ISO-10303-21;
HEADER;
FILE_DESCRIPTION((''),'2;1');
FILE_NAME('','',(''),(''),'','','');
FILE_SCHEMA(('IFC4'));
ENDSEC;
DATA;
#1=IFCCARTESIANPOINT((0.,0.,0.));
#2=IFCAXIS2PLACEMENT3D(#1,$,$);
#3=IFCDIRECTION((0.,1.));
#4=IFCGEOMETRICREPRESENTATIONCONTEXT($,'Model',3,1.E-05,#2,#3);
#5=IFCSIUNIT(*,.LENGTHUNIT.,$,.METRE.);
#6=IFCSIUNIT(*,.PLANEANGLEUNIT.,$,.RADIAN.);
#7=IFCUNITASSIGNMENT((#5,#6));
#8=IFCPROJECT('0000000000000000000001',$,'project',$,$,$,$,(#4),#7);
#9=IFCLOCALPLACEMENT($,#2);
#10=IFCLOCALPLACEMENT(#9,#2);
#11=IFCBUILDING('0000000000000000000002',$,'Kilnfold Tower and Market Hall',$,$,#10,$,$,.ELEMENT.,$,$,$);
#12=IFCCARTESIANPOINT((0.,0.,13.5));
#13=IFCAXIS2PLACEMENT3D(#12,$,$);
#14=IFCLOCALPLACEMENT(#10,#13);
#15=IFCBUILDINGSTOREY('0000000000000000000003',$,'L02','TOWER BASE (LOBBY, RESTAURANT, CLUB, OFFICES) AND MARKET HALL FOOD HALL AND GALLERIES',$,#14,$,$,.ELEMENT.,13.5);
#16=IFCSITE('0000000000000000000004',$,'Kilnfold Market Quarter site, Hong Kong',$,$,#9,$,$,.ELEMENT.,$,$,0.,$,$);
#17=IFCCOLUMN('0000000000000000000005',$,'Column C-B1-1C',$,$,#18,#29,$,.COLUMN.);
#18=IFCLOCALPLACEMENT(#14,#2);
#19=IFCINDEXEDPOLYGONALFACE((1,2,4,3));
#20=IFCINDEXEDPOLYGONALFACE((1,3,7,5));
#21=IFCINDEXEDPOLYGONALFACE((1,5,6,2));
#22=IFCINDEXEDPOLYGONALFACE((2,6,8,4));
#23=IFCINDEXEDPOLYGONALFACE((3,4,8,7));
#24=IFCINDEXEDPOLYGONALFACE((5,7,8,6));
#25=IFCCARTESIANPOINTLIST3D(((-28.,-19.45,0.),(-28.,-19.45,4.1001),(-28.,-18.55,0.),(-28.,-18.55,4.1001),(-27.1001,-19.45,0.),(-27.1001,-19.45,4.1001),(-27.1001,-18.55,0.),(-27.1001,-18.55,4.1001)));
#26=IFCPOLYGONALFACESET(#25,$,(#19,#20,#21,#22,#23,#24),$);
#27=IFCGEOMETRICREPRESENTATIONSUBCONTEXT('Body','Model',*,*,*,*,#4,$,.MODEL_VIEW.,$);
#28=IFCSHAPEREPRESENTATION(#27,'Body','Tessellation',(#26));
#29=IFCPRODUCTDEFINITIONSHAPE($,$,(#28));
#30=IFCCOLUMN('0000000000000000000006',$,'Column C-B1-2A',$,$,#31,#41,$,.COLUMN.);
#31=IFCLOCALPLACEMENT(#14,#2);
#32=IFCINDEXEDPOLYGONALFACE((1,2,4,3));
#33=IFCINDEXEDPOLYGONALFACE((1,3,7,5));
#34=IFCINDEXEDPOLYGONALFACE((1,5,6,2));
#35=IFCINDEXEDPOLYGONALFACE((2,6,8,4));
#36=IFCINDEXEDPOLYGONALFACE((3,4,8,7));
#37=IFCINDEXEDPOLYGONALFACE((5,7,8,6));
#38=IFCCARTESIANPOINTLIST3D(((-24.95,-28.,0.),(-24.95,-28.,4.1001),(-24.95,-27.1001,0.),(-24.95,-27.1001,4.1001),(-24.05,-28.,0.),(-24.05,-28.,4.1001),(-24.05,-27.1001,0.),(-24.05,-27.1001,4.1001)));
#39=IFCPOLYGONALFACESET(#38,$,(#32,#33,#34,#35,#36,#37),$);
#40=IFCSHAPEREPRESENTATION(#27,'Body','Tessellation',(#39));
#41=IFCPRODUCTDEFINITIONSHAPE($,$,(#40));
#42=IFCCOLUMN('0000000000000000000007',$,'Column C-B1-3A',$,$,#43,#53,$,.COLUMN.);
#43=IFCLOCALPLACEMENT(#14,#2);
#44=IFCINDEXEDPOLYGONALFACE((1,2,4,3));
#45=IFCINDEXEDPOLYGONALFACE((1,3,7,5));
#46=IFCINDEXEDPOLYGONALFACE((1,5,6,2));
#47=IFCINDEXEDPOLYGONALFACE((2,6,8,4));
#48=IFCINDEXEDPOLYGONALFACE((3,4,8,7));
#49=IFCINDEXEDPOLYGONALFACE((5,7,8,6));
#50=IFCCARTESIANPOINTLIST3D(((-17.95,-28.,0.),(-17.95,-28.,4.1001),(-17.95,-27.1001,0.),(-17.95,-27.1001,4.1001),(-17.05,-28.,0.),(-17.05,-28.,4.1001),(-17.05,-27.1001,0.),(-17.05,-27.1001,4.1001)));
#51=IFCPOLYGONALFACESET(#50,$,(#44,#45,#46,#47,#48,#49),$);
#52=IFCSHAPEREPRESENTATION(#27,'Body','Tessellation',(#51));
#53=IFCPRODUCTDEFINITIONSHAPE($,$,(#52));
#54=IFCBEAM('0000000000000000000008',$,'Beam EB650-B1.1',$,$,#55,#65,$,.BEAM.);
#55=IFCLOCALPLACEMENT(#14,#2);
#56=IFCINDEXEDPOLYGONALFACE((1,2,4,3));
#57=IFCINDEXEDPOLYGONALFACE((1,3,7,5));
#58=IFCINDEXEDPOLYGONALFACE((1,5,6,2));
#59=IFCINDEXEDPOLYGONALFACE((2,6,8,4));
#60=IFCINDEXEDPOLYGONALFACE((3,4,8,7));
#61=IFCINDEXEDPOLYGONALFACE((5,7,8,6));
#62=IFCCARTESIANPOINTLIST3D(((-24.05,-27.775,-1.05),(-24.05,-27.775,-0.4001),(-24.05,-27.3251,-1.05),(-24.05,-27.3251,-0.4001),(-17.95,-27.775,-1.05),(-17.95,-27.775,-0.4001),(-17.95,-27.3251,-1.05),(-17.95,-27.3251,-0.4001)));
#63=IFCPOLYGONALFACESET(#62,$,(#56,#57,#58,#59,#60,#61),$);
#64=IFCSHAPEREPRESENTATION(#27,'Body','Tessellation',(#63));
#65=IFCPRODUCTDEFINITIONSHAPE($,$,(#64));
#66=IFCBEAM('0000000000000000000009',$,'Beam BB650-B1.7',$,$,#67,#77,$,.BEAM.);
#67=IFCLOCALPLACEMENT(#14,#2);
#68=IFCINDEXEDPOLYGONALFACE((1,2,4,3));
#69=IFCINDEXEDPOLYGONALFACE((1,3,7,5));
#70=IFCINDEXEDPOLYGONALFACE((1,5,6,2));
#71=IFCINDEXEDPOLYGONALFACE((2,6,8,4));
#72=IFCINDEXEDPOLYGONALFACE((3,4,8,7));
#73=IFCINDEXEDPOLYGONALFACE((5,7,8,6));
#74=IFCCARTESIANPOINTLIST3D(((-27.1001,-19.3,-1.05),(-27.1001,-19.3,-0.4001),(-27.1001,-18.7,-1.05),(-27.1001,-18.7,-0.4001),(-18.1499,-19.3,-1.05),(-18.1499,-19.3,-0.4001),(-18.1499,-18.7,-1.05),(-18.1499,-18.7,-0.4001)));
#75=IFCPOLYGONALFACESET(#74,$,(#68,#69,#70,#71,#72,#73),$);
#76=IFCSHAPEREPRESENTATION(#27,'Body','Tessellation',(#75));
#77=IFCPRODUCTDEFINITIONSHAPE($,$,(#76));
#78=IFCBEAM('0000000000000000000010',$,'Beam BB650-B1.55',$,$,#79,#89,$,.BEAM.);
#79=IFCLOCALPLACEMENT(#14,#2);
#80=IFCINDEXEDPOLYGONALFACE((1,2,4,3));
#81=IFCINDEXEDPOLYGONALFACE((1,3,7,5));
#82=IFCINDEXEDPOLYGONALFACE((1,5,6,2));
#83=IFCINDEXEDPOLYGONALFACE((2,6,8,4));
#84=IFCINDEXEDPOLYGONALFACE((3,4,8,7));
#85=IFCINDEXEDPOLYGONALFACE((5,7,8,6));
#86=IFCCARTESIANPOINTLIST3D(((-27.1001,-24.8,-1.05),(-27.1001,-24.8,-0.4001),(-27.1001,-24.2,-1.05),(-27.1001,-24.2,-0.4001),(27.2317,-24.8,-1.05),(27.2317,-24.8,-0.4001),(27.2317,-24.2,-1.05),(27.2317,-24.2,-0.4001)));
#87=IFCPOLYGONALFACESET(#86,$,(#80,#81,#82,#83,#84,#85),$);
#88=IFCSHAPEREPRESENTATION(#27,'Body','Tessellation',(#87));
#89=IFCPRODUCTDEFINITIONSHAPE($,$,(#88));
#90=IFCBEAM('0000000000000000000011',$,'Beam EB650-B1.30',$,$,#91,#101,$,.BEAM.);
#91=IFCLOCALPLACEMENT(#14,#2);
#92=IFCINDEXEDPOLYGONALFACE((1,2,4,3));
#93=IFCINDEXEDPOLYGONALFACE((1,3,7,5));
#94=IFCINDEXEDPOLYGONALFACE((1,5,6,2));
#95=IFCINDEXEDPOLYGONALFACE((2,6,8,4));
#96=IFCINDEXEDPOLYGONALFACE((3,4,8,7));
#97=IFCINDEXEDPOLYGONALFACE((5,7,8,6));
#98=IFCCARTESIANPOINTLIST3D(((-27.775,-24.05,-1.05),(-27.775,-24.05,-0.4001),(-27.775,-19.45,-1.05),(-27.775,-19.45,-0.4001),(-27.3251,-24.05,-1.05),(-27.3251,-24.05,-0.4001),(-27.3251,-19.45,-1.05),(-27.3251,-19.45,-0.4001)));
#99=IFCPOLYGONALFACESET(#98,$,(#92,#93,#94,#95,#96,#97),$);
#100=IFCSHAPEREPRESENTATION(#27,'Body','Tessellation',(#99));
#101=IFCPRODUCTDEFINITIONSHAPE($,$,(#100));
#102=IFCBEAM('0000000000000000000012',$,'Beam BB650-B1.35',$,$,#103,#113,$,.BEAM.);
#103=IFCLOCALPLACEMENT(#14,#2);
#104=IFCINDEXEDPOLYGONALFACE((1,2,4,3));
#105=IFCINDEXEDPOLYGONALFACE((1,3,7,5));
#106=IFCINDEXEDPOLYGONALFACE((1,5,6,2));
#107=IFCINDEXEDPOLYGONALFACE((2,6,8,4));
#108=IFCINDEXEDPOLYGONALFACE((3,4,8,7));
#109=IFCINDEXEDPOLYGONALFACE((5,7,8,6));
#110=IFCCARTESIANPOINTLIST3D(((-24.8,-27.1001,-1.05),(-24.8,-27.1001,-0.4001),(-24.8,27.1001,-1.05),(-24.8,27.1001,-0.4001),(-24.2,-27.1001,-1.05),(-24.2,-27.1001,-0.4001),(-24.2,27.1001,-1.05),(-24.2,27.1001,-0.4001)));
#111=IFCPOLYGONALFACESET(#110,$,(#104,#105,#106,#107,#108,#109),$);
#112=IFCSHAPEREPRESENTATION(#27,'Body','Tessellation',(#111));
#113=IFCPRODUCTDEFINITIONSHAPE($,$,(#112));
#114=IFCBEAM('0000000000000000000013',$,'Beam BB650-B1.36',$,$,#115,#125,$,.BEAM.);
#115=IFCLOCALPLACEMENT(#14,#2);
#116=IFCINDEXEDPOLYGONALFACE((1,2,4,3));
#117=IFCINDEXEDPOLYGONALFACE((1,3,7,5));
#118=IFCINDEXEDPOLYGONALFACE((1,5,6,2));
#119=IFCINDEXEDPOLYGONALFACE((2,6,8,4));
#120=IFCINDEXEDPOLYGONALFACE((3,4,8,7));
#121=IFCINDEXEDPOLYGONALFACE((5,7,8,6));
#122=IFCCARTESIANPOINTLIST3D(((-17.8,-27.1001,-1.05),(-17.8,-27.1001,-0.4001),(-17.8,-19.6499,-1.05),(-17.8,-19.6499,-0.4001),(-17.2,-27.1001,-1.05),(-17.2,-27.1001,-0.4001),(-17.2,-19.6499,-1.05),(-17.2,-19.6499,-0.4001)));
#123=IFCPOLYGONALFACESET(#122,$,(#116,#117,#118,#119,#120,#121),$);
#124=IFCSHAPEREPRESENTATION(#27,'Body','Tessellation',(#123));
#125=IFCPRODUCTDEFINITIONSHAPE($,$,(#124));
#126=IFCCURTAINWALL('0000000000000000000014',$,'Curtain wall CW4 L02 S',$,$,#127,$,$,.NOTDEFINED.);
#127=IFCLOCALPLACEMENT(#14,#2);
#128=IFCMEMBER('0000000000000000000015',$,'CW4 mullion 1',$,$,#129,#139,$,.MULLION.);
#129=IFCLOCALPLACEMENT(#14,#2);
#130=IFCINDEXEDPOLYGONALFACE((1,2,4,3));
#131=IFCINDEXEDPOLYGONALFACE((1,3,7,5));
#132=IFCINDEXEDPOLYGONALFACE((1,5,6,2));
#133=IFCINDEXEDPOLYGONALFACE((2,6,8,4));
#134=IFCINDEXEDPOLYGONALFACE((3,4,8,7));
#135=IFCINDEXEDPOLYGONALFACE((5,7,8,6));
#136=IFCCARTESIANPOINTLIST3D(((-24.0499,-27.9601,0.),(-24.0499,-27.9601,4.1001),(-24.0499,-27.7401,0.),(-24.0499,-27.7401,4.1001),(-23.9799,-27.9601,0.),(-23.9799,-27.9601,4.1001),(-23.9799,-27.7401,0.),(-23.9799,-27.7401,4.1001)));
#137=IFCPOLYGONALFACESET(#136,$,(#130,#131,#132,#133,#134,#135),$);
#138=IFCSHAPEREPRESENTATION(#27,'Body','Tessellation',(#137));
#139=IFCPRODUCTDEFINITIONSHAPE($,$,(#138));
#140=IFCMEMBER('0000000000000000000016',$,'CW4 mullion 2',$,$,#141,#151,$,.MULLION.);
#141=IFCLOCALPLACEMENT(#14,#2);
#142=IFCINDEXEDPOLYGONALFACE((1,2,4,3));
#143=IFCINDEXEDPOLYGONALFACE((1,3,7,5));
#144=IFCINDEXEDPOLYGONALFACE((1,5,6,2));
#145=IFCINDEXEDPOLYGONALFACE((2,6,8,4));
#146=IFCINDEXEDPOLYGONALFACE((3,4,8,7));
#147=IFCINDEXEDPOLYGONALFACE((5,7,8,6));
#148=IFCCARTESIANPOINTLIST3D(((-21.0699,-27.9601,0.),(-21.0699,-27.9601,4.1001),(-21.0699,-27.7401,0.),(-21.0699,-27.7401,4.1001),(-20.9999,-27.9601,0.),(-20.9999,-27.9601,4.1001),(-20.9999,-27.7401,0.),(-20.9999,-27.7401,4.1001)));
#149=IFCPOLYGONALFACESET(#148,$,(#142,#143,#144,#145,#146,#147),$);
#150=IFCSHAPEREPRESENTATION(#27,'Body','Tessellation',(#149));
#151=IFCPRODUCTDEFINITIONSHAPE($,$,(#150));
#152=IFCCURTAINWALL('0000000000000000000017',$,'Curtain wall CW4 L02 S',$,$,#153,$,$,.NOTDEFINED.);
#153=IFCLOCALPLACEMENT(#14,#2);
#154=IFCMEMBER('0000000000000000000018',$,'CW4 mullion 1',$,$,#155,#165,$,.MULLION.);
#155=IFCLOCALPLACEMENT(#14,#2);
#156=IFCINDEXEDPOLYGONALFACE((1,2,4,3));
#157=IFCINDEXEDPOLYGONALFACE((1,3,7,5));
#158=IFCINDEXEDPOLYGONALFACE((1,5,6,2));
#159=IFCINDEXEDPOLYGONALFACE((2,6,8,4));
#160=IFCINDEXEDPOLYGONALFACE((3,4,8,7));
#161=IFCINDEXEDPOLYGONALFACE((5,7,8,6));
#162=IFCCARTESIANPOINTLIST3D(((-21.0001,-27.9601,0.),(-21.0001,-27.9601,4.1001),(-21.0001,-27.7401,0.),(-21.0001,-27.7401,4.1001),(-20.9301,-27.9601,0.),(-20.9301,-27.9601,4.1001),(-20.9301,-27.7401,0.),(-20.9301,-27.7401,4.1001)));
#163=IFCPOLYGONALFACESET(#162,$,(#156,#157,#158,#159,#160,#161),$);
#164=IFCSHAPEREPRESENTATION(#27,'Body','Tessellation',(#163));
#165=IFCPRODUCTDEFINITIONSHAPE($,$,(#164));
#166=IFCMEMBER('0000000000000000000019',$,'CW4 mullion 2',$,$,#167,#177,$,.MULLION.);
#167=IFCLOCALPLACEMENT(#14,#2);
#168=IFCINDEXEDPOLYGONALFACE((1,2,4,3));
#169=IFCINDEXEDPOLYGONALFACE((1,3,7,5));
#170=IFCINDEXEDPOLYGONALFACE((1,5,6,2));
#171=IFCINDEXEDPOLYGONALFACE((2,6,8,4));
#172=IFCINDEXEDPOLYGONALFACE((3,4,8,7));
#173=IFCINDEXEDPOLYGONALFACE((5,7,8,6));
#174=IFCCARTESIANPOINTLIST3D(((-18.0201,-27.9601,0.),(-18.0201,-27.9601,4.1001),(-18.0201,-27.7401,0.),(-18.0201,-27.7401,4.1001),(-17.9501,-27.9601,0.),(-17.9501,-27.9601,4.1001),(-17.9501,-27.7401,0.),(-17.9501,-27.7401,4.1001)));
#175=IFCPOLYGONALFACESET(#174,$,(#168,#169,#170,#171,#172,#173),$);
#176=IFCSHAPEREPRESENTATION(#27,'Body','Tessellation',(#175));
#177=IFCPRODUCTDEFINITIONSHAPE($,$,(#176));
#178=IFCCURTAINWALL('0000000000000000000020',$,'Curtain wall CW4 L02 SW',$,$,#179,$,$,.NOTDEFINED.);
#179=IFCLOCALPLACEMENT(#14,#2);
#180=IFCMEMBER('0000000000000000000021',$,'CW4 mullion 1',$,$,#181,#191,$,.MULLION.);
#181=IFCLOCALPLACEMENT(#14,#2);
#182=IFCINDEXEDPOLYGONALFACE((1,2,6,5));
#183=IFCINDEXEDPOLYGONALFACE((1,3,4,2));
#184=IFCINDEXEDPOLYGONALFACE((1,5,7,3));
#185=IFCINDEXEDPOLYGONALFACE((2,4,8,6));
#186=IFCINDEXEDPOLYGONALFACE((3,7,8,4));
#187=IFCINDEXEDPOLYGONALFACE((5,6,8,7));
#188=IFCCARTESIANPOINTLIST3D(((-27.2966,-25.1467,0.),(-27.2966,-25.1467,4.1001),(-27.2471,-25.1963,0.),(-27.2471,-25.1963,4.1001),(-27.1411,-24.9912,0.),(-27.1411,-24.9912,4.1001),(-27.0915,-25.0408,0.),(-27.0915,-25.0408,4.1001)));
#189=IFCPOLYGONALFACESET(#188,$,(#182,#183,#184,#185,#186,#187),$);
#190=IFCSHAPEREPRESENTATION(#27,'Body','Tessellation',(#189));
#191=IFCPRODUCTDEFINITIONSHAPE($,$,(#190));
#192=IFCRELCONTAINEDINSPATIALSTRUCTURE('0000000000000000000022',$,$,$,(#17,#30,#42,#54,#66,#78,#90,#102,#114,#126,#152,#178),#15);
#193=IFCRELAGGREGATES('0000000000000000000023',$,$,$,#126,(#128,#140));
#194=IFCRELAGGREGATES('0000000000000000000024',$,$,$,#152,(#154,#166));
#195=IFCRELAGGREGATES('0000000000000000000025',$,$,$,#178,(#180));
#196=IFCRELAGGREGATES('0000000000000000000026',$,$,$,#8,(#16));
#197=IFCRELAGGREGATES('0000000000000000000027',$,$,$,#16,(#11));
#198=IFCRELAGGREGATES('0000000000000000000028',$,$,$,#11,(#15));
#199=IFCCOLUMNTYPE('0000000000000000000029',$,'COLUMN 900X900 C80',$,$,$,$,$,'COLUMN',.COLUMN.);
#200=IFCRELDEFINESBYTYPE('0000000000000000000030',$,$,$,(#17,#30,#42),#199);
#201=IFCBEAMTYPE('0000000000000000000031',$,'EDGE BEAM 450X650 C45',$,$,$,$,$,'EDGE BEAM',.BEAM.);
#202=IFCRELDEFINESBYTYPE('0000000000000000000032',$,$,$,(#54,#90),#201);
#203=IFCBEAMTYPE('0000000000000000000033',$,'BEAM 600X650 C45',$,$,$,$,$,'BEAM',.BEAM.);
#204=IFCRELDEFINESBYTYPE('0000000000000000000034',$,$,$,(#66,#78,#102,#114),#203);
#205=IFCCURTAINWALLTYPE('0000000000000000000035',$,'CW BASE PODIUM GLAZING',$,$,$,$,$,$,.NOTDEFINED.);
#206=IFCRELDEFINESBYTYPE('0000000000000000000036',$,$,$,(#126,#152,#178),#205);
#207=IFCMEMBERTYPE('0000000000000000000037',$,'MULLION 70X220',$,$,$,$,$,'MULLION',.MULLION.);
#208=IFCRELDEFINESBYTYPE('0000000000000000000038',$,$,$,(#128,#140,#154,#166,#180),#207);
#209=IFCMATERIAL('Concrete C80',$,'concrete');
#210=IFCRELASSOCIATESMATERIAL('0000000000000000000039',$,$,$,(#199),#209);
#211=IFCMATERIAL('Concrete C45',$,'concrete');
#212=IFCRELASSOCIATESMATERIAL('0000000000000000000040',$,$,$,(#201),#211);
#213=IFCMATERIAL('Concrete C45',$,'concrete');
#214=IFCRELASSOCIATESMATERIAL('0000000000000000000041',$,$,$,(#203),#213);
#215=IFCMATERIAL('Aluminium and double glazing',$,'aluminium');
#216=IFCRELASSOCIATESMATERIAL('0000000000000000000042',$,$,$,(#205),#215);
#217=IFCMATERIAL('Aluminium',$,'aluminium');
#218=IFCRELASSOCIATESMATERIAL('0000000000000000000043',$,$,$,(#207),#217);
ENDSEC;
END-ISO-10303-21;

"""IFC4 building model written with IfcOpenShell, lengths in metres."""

from ifc_helpers import new_model, si_unit, direction, frame, origin, origin_2d, place, context, subcontext, project, spatial, rectangle, extrude, source, transform, mapped, material, material_profile, profile_set, type_object, element, aggregate, save


model = new_model("IFC4")

# Units and contexts
model_context = context("Model", 3, precision=1e-05, world=origin(), true_north=direction((0.0, 1.0)))
body_context = subcontext(model_context, "Body", "Model", "MODEL_VIEW")
ifc_project = project(units=[si_unit("LENGTHUNIT", "METRE"), si_unit("PLANEANGLEUNIT", "RADIAN")], contexts=[model_context])

# Site, building, storey
site_placement = place(None, origin())
site = spatial("IfcSite", under=ifc_project, at=site_placement, Name="Kilnfold Market Quarter site, Hong Kong", CompositionType="ELEMENT", RefElevation=0.0)
building_placement = place(site_placement, origin())
building = spatial("IfcBuilding", under=site, at=building_placement, Name="Kilnfold Tower and Market Hall", CompositionType="ELEMENT")
storey_placement = place(building_placement, frame((0.0, 0.0, 13.5)))
storey = spatial("IfcBuildingStorey", under=building, at=storey_placement, Name="L02", Description="TOWER BASE (LOBBY, RESTAURANT, CLUB, OFFICES) AND MARKET HALL FOOD HALL AND GALLERIES", CompositionType="ELEMENT", Elevation=13.5)

# Columns
ifc_material_1 = material(Name="Concrete C80", Category="concrete")
ifc_material_profile_1 = material_profile(ifc_material_1, rectangle(XDim=0.8999, YDim=0.8999, at=origin_2d()), Name="RC 900x900")
ifc_profile_set_1 = profile_set([ifc_material_profile_1], Name="Concrete C80")
column_type = type_object("IfcColumnType", Name="COLUMN 900X900 C80", ElementType="COLUMN", PredefinedType="COLUMN", material=ifc_profile_set_1)
shared_shape_1 = source(origin(), body_context, "Body", "SweptSolid", [
    extrude(rectangle(XDim=0.8999, YDim=0.8999, at=origin_2d()), origin(), (0.0, 0.0, 1.0), 4.1001),
])
for number, where, z_axis, x_axis, name in (
    (1, (-27.55, -19.0, 0.0), (0.0, 0.0, 1.0), (1.0, 0.0, 0.0), "Column C-B1-1C"),
    (2, (-24.5, -27.55, 0.0), (0.0, 0.0, 1.0), (1.0, 0.0, 0.0), "Column C-B1-2A"),
    (3, (-17.5, -27.55, 0.0), (0.0, 0.0, 1.0), (1.0, 0.0, 0.0), "Column C-B1-3A"),
):
    element("IfcColumn", number, at=place(storey_placement, frame(where, z_axis=z_axis, x_axis=x_axis)), inside=storey, type_object=column_type, Name=name, PredefinedType="COLUMN", context=body_context, shape_type="MappedRepresentation", body=[
        mapped(shared_shape_1, transform((0.0, 0.0, 0.0))),
    ])

# Beams
ifc_material_2 = material(Name="Concrete C45", Category="concrete")
ifc_material_profile_2 = material_profile(ifc_material_2, rectangle(XDim=0.45, YDim=0.6499, at=origin_2d()), Name="RC 450x650")
ifc_profile_set_2 = profile_set([ifc_material_profile_2], Name="Concrete C45")
beam_type_1 = type_object("IfcBeamType", Name="EDGE BEAM 450X650 C45", ElementType="EDGE BEAM", PredefinedType="BEAM", material=ifc_profile_set_2)
shared_shape_2 = source(origin(), body_context, "Body", "SweptSolid", [
    extrude(rectangle(XDim=0.45, YDim=0.6499, at=origin_2d()), origin(), (0.0, 0.0, 1.0), 6.1001),
])
beam_1_placement = place(storey_placement, frame((-24.05, -27.55, -0.7251), z_axis=(1.0, 0.0, 0.0), x_axis=(0.0, 1.0, 0.0)))
element("IfcBeam", 4, at=beam_1_placement, inside=storey, type_object=beam_type_1, Name="Beam EB650-B1.1", PredefinedType="BEAM", context=body_context, shape_type="MappedRepresentation", body=[
    mapped(shared_shape_2, transform((0.0, 0.0, 0.0))),
])
ifc_material_3 = material(Name="Concrete C45", Category="concrete")
ifc_material_profile_3 = material_profile(ifc_material_3, rectangle(XDim=0.6001, YDim=0.6499, at=origin_2d()), Name="RC 600x650")
ifc_profile_set_3 = profile_set([ifc_material_profile_3], Name="Concrete C45")
beam_type_2 = type_object("IfcBeamType", Name="BEAM 600X650 C45", ElementType="BEAM", PredefinedType="BEAM", material=ifc_profile_set_3)
shared_shape_3 = source(origin(), body_context, "Body", "SweptSolid", [
    extrude(rectangle(XDim=0.6001, YDim=0.6499, at=origin_2d()), origin(), (0.0, 0.0, 1.0), 8.9502),
])
beam_2_placement = place(storey_placement, frame((-27.1001, -19.0, -0.7251), z_axis=(1.0, 0.0, 0.0), x_axis=(0.0, 1.0, 0.0)))
element("IfcBeam", 5, at=beam_2_placement, inside=storey, type_object=beam_type_2, Name="Beam BB650-B1.7", PredefinedType="BEAM", context=body_context, shape_type="MappedRepresentation", body=[
    mapped(shared_shape_3, transform((0.0, 0.0, 0.0))),
])
shared_shape_4 = source(origin(), body_context, "Body", "SweptSolid", [
    extrude(rectangle(XDim=0.6001, YDim=0.6499, at=origin_2d()), origin(), (0.0, 0.0, 1.0), 54.3318),
])
beam_3_placement = place(storey_placement, frame((-27.1001, -24.5, -0.7251), z_axis=(1.0, 0.0, 0.0), x_axis=(0.0, 1.0, 0.0)))
element("IfcBeam", 6, at=beam_3_placement, inside=storey, type_object=beam_type_2, Name="Beam BB650-B1.55", PredefinedType="BEAM", context=body_context, shape_type="MappedRepresentation", body=[
    mapped(shared_shape_4, transform((0.0, 0.0, 0.0))),
])
shared_shape_5 = source(origin(), body_context, "Body", "SweptSolid", [
    extrude(rectangle(XDim=0.45, YDim=0.6499, at=origin_2d()), origin(), (0.0, 0.0, 1.0), 4.6001),
])
beam_4_placement = place(storey_placement, frame((-27.55, -24.05, -0.7251), z_axis=(0.0, 1.0, 0.0), x_axis=(-1.0, 0.0, 0.0)))
element("IfcBeam", 7, at=beam_4_placement, inside=storey, type_object=beam_type_1, Name="Beam EB650-B1.30", PredefinedType="BEAM", context=body_context, shape_type="MappedRepresentation", body=[
    mapped(shared_shape_5, transform((0.0, 0.0, 0.0))),
])
shared_shape_6 = source(origin(), body_context, "Body", "SweptSolid", [
    extrude(rectangle(XDim=0.6001, YDim=0.6499, at=origin_2d()), origin(), (0.0, 0.0, 1.0), 54.2002),
])
beam_5_placement = place(storey_placement, frame((-24.5, -27.1001, -0.7251), z_axis=(0.0, 1.0, 0.0), x_axis=(-1.0, 0.0, 0.0)))
element("IfcBeam", 8, at=beam_5_placement, inside=storey, type_object=beam_type_2, Name="Beam BB650-B1.35", PredefinedType="BEAM", context=body_context, shape_type="MappedRepresentation", body=[
    mapped(shared_shape_6, transform((0.0, 0.0, 0.0))),
])
shared_shape_7 = source(origin(), body_context, "Body", "SweptSolid", [
    extrude(rectangle(XDim=0.6001, YDim=0.6499, at=origin_2d()), origin(), (0.0, 0.0, 1.0), 7.4502),
])
beam_6_placement = place(storey_placement, frame((-17.5, -27.1001, -0.7251), z_axis=(0.0, 1.0, 0.0), x_axis=(-1.0, 0.0, 0.0)))
element("IfcBeam", 9, at=beam_6_placement, inside=storey, type_object=beam_type_2, Name="Beam BB650-B1.36", PredefinedType="BEAM", context=body_context, shape_type="MappedRepresentation", body=[
    mapped(shared_shape_7, transform((0.0, 0.0, 0.0))),
])

# Curtain walls, members
ifc_material_4 = material(Name="Aluminium and double glazing", Category="aluminium")
curtain_wall_type = type_object("IfcCurtainWallType", Name="CW BASE PODIUM GLAZING", PredefinedType="NOTDEFINED", material=ifc_material_4)
curtain_wall_1_placement = place(storey_placement, origin())
curtain_wall_1 = element("IfcCurtainWall", 10, at=curtain_wall_1_placement, inside=storey, type_object=curtain_wall_type, Name="Curtain wall CW4 L02 S", PredefinedType="NOTDEFINED")
ifc_material_5 = material(Name="Aluminium", Category="aluminium")
ifc_material_profile_4 = material_profile(ifc_material_5, rectangle(XDim=0.0701, YDim=0.22, at=origin_2d()), Name="MULLION 70x220")
ifc_profile_set_4 = profile_set([ifc_material_profile_4], Name="Aluminium")
member_type_1 = type_object("IfcMemberType", Name="MULLION 70X220", ElementType="MULLION", PredefinedType="MULLION", material=ifc_profile_set_4)
shared_shape_8 = source(origin(), body_context, "Body", "SweptSolid", [
    extrude(rectangle(XDim=0.0701, YDim=0.22, at=origin_2d()), origin(), (0.0, 0.0, 1.0), 4.1001),
])
member_1_placement = place(storey_placement, frame((-24.0149, -27.8501, 0.0), z_axis=(0.0, 0.0, 1.0), x_axis=(1.0, 0.0, 0.0)))
member_1 = element("IfcMember", 11, at=member_1_placement, type_object=member_type_1, Name="CW4 mullion 1", PredefinedType="MULLION", context=body_context, shape_type="MappedRepresentation", body=[
    mapped(shared_shape_8, transform((0.0, 0.0, 0.0))),
])
member_2_placement = place(storey_placement, frame((-21.0349, -27.8501, 0.0), z_axis=(0.0, 0.0, 1.0), x_axis=(1.0, 0.0, 0.0)))
member_2 = element("IfcMember", 12, at=member_2_placement, type_object=member_type_1, Name="CW4 mullion 2", PredefinedType="MULLION", context=body_context, shape_type="MappedRepresentation", body=[
    mapped(shared_shape_8, transform((0.0, 0.0, 0.0))),
])
curtain_wall_2_placement = place(storey_placement, origin())
curtain_wall_2 = element("IfcCurtainWall", 13, at=curtain_wall_2_placement, inside=storey, type_object=curtain_wall_type, Name="Curtain wall CW4 L02 S", PredefinedType="NOTDEFINED")
member_3_placement = place(storey_placement, frame((-20.9651, -27.8501, 0.0), z_axis=(0.0, 0.0, 1.0), x_axis=(1.0, 0.0, 0.0)))
member_3 = element("IfcMember", 14, at=member_3_placement, type_object=member_type_1, Name="CW4 mullion 1", PredefinedType="MULLION", context=body_context, shape_type="MappedRepresentation", body=[
    mapped(shared_shape_8, transform((0.0, 0.0, 0.0))),
])
member_4_placement = place(storey_placement, frame((-17.9851, -27.8501, 0.0), z_axis=(0.0, 0.0, 1.0), x_axis=(1.0, 0.0, 0.0)))
member_4 = element("IfcMember", 15, at=member_4_placement, type_object=member_type_1, Name="CW4 mullion 2", PredefinedType="MULLION", context=body_context, shape_type="MappedRepresentation", body=[
    mapped(shared_shape_8, transform((0.0, 0.0, 0.0))),
])
curtain_wall_3_placement = place(storey_placement, origin())
curtain_wall_3 = element("IfcCurtainWall", 16, at=curtain_wall_3_placement, inside=storey, type_object=curtain_wall_type, Name="Curtain wall CW4 L02 SW", PredefinedType="NOTDEFINED")
member_5_placement = place(storey_placement, frame((-27.1941, -25.0938, 0.0), z_axis=(0.0, 0.0, 1.0), x_axis=(0.70709, -0.707123, 0.0)))
member_5 = element("IfcMember", 17, at=member_5_placement, type_object=member_type_1, Name="CW4 mullion 1", PredefinedType="MULLION", context=body_context, shape_type="MappedRepresentation", body=[
    mapped(shared_shape_8, transform((0.0, 0.0, 0.0))),
])

aggregate(curtain_wall_1, [member_1, member_2])
aggregate(curtain_wall_2, [member_3, member_4])
aggregate(curtain_wall_3, [member_5])

save(model, "model.ifc")
